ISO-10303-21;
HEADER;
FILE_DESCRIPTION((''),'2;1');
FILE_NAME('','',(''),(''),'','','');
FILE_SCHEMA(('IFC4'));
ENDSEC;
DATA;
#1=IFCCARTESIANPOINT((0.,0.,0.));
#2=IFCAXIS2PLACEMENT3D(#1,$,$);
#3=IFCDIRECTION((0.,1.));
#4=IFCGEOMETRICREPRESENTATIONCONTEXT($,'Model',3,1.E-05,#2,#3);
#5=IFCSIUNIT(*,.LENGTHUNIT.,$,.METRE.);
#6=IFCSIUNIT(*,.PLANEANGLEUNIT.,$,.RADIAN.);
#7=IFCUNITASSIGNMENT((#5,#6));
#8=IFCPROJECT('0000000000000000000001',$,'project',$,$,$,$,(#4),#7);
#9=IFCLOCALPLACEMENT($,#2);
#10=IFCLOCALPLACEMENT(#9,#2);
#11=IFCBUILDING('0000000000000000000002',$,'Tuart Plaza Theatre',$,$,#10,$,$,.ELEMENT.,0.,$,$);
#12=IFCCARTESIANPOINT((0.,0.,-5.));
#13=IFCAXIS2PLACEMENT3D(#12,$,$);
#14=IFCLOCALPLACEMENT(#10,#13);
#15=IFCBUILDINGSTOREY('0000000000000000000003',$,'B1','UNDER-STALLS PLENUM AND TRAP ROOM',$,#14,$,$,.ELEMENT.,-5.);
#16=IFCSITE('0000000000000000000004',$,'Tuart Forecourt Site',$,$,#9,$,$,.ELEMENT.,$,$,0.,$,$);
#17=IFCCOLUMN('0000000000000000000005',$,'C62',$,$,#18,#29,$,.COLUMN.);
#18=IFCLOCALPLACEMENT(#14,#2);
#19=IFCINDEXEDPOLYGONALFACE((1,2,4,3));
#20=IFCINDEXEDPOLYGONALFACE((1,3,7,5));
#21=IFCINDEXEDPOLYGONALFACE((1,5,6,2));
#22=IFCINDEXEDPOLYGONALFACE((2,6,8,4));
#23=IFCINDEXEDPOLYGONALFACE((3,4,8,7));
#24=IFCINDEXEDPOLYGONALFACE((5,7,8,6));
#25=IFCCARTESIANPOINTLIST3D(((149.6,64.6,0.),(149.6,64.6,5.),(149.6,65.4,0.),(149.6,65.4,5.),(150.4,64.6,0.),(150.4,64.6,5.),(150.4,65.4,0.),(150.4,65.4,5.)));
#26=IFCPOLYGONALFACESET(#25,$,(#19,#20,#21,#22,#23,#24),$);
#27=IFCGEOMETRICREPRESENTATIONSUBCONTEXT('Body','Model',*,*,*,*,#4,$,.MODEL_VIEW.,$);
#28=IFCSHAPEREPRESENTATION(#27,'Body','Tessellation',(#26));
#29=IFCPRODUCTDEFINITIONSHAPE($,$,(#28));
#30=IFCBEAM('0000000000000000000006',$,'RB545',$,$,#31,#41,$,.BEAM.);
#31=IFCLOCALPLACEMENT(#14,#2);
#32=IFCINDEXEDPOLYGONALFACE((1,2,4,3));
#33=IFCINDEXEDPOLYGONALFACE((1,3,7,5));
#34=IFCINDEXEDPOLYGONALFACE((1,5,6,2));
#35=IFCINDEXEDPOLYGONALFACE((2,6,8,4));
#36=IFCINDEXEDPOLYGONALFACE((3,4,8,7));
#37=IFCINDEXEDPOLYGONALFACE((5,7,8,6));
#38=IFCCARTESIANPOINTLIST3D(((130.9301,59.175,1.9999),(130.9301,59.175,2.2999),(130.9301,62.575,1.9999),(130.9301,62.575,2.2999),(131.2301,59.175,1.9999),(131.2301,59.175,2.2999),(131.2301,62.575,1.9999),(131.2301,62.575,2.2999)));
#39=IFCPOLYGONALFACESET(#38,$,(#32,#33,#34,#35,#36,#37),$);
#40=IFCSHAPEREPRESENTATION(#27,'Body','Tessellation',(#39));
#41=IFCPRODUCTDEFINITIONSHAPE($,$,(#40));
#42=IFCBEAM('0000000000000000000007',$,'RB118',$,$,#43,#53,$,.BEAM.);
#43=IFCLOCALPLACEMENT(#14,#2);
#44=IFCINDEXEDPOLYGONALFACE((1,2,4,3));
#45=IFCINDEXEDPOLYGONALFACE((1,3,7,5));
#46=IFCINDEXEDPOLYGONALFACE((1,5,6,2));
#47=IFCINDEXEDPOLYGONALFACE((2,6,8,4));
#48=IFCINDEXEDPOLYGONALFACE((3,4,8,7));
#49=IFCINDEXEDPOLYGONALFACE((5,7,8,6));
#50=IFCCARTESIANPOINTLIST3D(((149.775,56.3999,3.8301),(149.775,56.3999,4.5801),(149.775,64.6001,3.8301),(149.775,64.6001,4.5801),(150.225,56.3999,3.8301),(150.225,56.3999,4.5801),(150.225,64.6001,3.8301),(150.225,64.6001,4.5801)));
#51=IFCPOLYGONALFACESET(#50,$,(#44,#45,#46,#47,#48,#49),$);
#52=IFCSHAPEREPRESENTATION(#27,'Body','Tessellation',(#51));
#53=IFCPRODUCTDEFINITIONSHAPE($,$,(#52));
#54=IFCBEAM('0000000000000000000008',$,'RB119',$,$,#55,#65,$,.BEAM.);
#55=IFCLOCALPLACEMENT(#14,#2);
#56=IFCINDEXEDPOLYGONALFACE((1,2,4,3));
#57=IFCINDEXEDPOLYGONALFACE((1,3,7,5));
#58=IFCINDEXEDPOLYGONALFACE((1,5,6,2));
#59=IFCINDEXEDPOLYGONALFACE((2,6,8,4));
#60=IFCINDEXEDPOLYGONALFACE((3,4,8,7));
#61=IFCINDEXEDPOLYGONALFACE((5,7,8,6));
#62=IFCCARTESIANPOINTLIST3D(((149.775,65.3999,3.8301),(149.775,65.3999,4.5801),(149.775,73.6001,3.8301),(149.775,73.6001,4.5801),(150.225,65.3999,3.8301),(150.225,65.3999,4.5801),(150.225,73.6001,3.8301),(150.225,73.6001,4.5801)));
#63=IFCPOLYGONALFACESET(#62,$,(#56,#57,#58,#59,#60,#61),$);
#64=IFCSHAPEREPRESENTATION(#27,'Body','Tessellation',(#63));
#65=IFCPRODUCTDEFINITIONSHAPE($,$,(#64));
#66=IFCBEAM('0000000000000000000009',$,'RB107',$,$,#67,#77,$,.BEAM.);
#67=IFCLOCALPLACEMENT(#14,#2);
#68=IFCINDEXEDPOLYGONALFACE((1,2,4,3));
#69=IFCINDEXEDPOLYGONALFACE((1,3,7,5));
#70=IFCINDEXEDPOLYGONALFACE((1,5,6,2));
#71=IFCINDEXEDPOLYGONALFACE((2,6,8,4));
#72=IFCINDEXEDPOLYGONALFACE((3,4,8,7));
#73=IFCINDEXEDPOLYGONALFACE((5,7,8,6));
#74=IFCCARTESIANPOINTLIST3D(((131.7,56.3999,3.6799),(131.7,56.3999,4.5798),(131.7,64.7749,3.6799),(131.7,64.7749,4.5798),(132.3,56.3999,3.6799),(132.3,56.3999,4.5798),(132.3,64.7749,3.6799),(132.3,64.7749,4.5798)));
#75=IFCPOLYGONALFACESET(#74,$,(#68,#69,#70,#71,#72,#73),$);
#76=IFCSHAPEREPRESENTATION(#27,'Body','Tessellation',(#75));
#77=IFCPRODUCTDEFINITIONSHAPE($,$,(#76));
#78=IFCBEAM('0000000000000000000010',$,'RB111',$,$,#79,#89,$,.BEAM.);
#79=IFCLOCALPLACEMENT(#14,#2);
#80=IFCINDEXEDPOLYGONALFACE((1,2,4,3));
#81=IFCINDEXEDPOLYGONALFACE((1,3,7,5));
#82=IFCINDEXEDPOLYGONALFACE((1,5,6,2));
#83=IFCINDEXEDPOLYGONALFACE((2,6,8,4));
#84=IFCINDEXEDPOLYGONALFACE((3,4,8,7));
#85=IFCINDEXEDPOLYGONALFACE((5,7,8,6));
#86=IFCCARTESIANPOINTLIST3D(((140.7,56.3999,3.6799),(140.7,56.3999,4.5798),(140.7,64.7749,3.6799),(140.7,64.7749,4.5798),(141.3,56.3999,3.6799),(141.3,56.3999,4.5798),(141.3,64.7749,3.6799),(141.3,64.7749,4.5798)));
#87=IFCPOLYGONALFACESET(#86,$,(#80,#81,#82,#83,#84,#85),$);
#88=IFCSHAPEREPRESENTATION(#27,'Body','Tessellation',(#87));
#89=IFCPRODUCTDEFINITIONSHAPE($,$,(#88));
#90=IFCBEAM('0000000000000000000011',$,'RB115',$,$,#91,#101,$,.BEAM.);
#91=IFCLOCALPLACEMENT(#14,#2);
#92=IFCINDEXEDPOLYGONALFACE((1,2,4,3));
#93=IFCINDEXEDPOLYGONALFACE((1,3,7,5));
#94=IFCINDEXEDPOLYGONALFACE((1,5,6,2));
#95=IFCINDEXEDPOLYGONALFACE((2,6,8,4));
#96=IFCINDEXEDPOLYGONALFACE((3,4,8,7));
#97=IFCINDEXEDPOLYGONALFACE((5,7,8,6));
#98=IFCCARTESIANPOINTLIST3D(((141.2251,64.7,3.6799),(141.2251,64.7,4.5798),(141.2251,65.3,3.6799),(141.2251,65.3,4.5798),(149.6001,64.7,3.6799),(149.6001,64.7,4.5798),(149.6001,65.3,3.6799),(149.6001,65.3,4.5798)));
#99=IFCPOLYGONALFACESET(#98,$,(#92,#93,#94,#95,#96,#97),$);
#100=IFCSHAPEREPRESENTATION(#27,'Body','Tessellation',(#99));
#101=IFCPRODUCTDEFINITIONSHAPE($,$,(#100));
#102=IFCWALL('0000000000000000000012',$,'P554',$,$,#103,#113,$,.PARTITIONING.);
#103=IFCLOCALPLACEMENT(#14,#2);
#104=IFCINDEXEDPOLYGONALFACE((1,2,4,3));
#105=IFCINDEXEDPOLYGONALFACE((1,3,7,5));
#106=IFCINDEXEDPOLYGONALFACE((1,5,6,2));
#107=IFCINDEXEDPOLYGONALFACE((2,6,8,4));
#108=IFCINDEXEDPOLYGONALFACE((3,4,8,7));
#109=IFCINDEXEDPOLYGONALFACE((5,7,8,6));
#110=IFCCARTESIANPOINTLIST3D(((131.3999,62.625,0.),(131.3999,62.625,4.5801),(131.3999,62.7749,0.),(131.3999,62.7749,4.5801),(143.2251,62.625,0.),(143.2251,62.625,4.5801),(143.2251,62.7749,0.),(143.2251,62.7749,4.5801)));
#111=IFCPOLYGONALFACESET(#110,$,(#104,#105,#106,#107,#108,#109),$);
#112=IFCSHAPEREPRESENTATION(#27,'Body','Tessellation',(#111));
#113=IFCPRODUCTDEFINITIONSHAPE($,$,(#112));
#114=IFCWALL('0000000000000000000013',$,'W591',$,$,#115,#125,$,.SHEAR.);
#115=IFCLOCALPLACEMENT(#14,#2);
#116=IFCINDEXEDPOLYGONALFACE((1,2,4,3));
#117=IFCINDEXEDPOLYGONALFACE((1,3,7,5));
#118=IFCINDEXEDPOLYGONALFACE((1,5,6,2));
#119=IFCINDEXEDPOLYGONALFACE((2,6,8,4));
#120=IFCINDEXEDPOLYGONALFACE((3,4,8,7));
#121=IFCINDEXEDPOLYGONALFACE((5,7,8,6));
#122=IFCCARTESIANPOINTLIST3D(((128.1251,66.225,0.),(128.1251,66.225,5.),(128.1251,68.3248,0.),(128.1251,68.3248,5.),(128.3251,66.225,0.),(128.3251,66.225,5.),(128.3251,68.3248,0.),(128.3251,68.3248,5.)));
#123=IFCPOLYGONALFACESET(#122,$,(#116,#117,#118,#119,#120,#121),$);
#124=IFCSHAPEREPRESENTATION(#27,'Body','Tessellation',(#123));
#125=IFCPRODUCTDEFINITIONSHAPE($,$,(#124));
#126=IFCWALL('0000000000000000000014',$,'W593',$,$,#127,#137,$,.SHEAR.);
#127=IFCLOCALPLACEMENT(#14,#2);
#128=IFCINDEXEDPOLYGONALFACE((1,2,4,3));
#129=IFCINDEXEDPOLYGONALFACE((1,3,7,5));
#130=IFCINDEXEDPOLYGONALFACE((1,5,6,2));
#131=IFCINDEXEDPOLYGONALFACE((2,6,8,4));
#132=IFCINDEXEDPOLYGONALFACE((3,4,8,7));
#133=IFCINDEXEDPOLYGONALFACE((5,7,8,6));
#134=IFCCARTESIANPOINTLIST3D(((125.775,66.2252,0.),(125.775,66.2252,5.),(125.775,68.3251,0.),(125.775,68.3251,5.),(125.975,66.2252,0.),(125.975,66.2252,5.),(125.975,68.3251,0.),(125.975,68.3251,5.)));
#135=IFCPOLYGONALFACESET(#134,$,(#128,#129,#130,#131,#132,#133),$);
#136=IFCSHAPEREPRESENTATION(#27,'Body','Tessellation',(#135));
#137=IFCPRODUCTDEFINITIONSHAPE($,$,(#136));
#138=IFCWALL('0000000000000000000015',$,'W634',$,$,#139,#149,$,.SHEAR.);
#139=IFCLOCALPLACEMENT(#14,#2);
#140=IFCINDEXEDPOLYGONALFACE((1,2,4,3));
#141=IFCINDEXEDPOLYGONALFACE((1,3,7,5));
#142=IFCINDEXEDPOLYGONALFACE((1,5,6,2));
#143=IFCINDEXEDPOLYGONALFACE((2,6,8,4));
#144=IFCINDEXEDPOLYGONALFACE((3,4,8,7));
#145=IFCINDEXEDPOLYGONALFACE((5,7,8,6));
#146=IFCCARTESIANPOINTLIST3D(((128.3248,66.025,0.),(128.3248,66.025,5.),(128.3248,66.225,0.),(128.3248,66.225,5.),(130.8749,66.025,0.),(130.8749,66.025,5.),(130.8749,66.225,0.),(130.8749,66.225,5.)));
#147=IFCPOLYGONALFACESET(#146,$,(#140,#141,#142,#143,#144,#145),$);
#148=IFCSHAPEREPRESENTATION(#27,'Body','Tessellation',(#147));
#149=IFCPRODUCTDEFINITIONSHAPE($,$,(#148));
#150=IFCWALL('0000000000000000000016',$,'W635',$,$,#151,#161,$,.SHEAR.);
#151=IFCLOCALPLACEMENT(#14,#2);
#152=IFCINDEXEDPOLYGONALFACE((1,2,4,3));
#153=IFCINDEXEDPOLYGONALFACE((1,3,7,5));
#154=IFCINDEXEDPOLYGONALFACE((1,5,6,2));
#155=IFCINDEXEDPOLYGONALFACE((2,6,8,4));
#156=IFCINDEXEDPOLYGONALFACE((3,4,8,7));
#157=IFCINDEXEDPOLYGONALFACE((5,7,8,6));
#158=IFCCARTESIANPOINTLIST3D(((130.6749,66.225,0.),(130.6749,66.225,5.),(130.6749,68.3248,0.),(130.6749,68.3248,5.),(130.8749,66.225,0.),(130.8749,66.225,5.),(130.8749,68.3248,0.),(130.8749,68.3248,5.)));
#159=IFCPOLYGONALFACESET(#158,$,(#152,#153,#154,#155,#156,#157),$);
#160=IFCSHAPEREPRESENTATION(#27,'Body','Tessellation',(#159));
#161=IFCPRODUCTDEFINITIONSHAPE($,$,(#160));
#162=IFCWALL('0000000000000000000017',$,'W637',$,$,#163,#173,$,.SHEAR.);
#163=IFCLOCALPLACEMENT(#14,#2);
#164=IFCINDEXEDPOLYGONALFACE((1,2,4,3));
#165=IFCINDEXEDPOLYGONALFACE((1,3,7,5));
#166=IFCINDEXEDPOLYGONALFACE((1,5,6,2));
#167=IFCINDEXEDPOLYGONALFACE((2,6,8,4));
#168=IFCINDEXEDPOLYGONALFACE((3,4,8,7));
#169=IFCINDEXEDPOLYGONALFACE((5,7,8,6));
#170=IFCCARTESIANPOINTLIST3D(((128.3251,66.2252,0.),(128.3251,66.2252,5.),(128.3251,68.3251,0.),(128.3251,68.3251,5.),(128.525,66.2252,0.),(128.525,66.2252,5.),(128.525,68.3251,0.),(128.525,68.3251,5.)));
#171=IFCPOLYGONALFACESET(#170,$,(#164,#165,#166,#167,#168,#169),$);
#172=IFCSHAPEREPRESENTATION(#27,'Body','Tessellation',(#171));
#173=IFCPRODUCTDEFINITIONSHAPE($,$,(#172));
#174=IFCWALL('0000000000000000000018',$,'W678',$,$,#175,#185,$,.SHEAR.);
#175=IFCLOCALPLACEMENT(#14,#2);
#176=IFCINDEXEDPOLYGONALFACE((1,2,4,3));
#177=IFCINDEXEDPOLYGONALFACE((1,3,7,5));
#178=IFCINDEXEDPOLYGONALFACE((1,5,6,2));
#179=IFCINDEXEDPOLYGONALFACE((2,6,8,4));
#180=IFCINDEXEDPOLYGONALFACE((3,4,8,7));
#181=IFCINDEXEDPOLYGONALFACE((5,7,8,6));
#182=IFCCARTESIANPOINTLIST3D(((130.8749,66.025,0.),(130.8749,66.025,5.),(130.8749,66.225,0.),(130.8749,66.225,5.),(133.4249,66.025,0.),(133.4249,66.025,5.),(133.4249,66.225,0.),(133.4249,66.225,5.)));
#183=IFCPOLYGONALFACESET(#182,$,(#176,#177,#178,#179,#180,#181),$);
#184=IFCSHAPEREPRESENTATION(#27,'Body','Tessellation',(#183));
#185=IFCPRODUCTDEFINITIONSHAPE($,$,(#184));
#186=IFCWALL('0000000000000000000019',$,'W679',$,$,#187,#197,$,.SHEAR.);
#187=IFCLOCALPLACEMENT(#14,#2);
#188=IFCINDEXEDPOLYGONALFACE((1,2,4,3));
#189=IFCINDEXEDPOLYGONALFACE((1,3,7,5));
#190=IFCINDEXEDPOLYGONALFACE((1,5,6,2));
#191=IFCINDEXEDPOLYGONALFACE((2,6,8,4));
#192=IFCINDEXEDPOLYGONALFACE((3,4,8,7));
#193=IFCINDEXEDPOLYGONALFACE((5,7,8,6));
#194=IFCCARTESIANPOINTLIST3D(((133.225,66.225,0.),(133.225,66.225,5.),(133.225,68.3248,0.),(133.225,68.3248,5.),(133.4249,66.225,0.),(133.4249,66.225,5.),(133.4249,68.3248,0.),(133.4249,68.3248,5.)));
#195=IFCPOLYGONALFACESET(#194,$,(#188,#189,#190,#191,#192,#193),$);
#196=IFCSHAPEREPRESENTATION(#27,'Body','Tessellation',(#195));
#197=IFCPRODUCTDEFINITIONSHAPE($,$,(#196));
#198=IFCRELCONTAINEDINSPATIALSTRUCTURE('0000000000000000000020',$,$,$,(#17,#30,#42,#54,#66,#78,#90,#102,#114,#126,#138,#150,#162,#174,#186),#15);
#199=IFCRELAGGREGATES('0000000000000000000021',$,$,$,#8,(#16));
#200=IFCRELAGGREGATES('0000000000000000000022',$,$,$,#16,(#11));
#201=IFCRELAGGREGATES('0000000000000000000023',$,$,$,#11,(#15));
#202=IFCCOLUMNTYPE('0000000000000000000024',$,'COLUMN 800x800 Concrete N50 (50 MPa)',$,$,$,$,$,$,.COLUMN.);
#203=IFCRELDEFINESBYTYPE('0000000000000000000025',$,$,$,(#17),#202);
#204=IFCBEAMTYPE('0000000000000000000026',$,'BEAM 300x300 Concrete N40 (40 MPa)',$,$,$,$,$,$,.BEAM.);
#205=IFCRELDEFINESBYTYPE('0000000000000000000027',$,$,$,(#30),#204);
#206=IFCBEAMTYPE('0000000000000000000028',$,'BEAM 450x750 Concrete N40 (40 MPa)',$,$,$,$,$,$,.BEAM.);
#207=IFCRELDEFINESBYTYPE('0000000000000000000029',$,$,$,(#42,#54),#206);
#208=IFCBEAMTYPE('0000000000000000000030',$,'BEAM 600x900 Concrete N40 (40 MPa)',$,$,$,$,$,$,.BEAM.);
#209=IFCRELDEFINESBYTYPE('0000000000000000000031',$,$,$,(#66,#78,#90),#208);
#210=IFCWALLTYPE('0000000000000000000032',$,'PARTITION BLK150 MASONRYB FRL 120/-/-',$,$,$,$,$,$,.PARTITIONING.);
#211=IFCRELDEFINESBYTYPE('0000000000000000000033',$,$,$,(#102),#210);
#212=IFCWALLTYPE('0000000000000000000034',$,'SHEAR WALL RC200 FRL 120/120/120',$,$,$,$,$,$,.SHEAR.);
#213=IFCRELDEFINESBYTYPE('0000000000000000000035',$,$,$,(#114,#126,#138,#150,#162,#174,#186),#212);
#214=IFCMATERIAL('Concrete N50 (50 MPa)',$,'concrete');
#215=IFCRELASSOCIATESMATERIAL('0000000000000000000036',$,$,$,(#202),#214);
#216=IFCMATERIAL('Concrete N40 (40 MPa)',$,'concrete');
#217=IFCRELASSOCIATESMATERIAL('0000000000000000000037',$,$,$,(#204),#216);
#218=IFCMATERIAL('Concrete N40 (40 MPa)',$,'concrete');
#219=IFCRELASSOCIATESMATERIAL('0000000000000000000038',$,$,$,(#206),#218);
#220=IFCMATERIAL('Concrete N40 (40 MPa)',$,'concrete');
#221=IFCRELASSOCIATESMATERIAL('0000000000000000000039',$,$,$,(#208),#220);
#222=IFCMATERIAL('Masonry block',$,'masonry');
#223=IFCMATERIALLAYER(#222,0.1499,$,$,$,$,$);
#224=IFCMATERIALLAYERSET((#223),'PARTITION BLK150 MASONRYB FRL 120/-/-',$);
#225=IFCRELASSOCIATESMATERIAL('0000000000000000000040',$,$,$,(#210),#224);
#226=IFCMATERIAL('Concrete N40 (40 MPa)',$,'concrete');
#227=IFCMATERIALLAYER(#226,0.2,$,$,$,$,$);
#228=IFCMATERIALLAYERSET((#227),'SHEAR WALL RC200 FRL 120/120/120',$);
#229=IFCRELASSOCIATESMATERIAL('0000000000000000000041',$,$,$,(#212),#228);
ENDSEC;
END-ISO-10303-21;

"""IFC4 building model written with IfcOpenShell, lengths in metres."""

from ifc_helpers import new_model, si_unit, direction, frame, frame_2d, origin, origin_2d, place, context, subcontext, project, spatial, rectangle, extrude, material, layer, layer_set, material_profile, profile_set, type_object, element, save


model = new_model("IFC4")

# Units and contexts
model_context = context("Model", 3, precision=1e-05, world=origin(), true_north=direction((0.0, 1.0)))
body_context = subcontext(model_context, "Body", "Model", "MODEL_VIEW")
ifc_project = project(units=[si_unit("LENGTHUNIT", "METRE"), si_unit("PLANEANGLEUNIT", "RADIAN")], contexts=[model_context])

# Site, building, storey
site_placement = place(None, origin())
site = spatial("IfcSite", under=ifc_project, at=site_placement, Name="Tuart Forecourt Site", CompositionType="ELEMENT", RefElevation=0.0)
building_placement = place(site_placement, origin())
building = spatial("IfcBuilding", under=site, at=building_placement, Name="Tuart Plaza Theatre", CompositionType="ELEMENT", ElevationOfRefHeight=0.0)
storey_placement = place(building_placement, frame((0.0, 0.0, -5.0)))
storey = spatial("IfcBuildingStorey", under=building, at=storey_placement, Name="B1", Description="UNDER-STALLS PLENUM AND TRAP ROOM", CompositionType="ELEMENT", Elevation=-5.0)

# Column
ifc_material_1 = material(Name="Concrete N50 (50 MPa)", Category="concrete")
ifc_material_profile_1 = material_profile(ifc_material_1, rectangle(XDim=0.8, YDim=0.8, at=origin_2d()), Name="COLUMN 800x800 Concrete N50 (50 MPa)")
ifc_profile_set_1 = profile_set([ifc_material_profile_1], Name="Concrete N50 (50 MPa)")
column_type = type_object("IfcColumnType", Name="COLUMN 800x800 Concrete N50 (50 MPa)", PredefinedType="COLUMN", material=ifc_profile_set_1)
column_placement = place(storey_placement, frame((150.0, 65.0, 0.0), z_axis=(0.0, 0.0, 1.0), x_axis=(1.0, 0.0, 0.0)))
element("IfcColumn", 1, at=column_placement, inside=storey, type_object=column_type, Name="C62", PredefinedType="COLUMN", context=body_context, shape_type="SweptSolid", body=[
    extrude(rectangle(XDim=0.8, YDim=0.8, at=origin_2d()), origin(), (0.0, 0.0, 1.0), 5.0),
])

# Beams
ifc_material_2 = material(Name="Concrete N40 (40 MPa)", Category="concrete")
ifc_material_profile_2 = material_profile(ifc_material_2, rectangle(XDim=0.3, YDim=0.3, at=origin_2d()), Name="BEAM 300x300 Concrete N40 (40 MPa)")
ifc_profile_set_2 = profile_set([ifc_material_profile_2], Name="Concrete N40 (40 MPa)")
beam_type_1 = type_object("IfcBeamType", Name="BEAM 300x300 Concrete N40 (40 MPa)", PredefinedType="BEAM", material=ifc_profile_set_2)
beam_placement = place(storey_placement, frame((131.0801, 59.175, 2.1499), z_axis=(0.0, 1.0, 0.0), x_axis=(-1.0, 0.0, 0.0)))
element("IfcBeam", 2, at=beam_placement, inside=storey, type_object=beam_type_1, Name="RB545", PredefinedType="BEAM", context=body_context, shape_type="SweptSolid", body=[
    extrude(rectangle(XDim=0.3, YDim=0.3, at=origin_2d()), origin(), (0.0, 0.0, 1.0), 3.3999),
])
ifc_material_3 = material(Name="Concrete N40 (40 MPa)", Category="concrete")
ifc_material_profile_3 = material_profile(ifc_material_3, rectangle(XDim=0.45, YDim=0.75, at=origin_2d()), Name="BEAM 450x750 Concrete N40 (40 MPa)")
ifc_profile_set_3 = profile_set([ifc_material_profile_3], Name="Concrete N40 (40 MPa)")
beam_type_2 = type_object("IfcBeamType", Name="BEAM 450x750 Concrete N40 (40 MPa)", PredefinedType="BEAM", material=ifc_profile_set_3)
for number, where, z_axis, x_axis, name in (
    (3, (150.0, 56.3999, 4.2051), (0.0, 1.0, 0.0), (-1.0, 0.0, 0.0), "RB118"),
    (4, (150.0, 65.3999, 4.2051), (0.0, 1.0, 0.0), (-1.0, 0.0, 0.0), "RB119"),
):
    element("IfcBeam", number, at=place(storey_placement, frame(where, z_axis=z_axis, x_axis=x_axis)), inside=storey, type_object=beam_type_2, Name=name, PredefinedType="BEAM", context=body_context, shape_type="SweptSolid", body=[
        extrude(rectangle(XDim=0.45, YDim=0.75, at=origin_2d()), origin(), (0.0, 0.0, 1.0), 8.2002),
    ])
ifc_material_4 = material(Name="Concrete N40 (40 MPa)", Category="concrete")
ifc_material_profile_4 = material_profile(ifc_material_4, rectangle(XDim=0.6001, YDim=0.8999, at=origin_2d()), Name="BEAM 600x900 Concrete N40 (40 MPa)")
ifc_profile_set_4 = profile_set([ifc_material_profile_4], Name="Concrete N40 (40 MPa)")
beam_type_3 = type_object("IfcBeamType", Name="BEAM 600x900 Concrete N40 (40 MPa)", PredefinedType="BEAM", material=ifc_profile_set_4)
for number, where, z_axis, x_axis, name in (
    (5, (132.0, 56.3999, 4.1299), (0.0, 1.0, 0.0), (-1.0, 0.0, 0.0), "RB107"),
    (6, (141.0, 56.3999, 4.1299), (0.0, 1.0, 0.0), (-1.0, 0.0, 0.0), "RB111"),
    (7, (141.2251, 65.0, 4.1299), (1.0, 0.0, 0.0), (0.0, 1.0, 0.0), "RB115"),
):
    element("IfcBeam", number, at=place(storey_placement, frame(where, z_axis=z_axis, x_axis=x_axis)), inside=storey, type_object=beam_type_3, Name=name, PredefinedType="BEAM", context=body_context, shape_type="SweptSolid", body=[
        extrude(rectangle(XDim=0.6001, YDim=0.8999, at=origin_2d()), origin(), (0.0, 0.0, 1.0), 8.375),
    ])

# Walls
ifc_material_5 = material(Name="Masonry block", Category="masonry")
ifc_layer_1 = layer(ifc_material_5, 0.1499)
ifc_layer_set_1 = layer_set([ifc_layer_1], Name="PARTITION BLK150 MASONRYB FRL 120/-/-")
wall_type_1 = type_object("IfcWallType", Name="PARTITION BLK150 MASONRYB FRL 120/-/-", PredefinedType="PARTITIONING", material=ifc_layer_set_1)
wall_1_placement = place(storey_placement, frame((143.2251, 62.7, 0.0), z_axis=(0.0, 0.0, 1.0), x_axis=(-1.0, 0.0, 0.0)))
element("IfcWall", 8, at=wall_1_placement, inside=storey, type_object=wall_type_1, Name="P554", PredefinedType="PARTITIONING", context=body_context, shape_type="SweptSolid", body=[
    extrude(rectangle(XDim=11.8252, YDim=0.1499, at=frame_2d((5.9126, 0.0))), origin(), (0.0, 0.0, 1.0), 4.5801),
])
ifc_material_6 = material(Name="Concrete N40 (40 MPa)", Category="concrete")
ifc_layer_2 = layer(ifc_material_6, 0.2)
ifc_layer_set_2 = layer_set([ifc_layer_2], Name="SHEAR WALL RC200 FRL 120/120/120")
wall_type_2 = type_object("IfcWallType", Name="SHEAR WALL RC200 FRL 120/120/120", PredefinedType="SHEAR", material=ifc_layer_set_2)
for number, where, z_axis, x_axis, name in (
    (9, (128.2251, 66.2251, 0.0), (0.0, 0.0, 1.0), (0.0, 1.0, 0.0), "W591"),
    (10, (125.875, 68.325, 0.0), (0.0, 0.0, 1.0), (0.0, -1.0, 0.0), "W593"),
):
    element("IfcWall", number, at=place(storey_placement, frame(where, z_axis=z_axis, x_axis=x_axis)), inside=storey, type_object=wall_type_2, Name=name, PredefinedType="SHEAR", context=body_context, shape_type="SweptSolid", body=[
        extrude(rectangle(XDim=2.0999, YDim=0.2, at=frame_2d((1.0498, 0.0))), origin(), (0.0, 0.0, 1.0), 5.0),
    ])
wall_2_placement = place(storey_placement, frame((128.325, 66.125, 0.0), z_axis=(0.0, 0.0, 1.0), x_axis=(1.0, 0.0, 0.0)))
element("IfcWall", 11, at=wall_2_placement, inside=storey, type_object=wall_type_2, Name="W634", PredefinedType="SHEAR", context=body_context, shape_type="SweptSolid", body=[
    extrude(rectangle(XDim=2.55, YDim=0.2, at=frame_2d((1.2749, 0.0))), origin(), (0.0, 0.0, 1.0), 5.0),
])
for number, where, z_axis, x_axis, name in (
    (12, (130.7749, 66.2251, 0.0), (0.0, 0.0, 1.0), (0.0, 1.0, 0.0), "W635"),
    (13, (128.425, 68.325, 0.0), (0.0, 0.0, 1.0), (0.0, -1.0, 0.0), "W637"),
):
    element("IfcWall", number, at=place(storey_placement, frame(where, z_axis=z_axis, x_axis=x_axis)), inside=storey, type_object=wall_type_2, Name=name, PredefinedType="SHEAR", context=body_context, shape_type="SweptSolid", body=[
        extrude(rectangle(XDim=2.0999, YDim=0.2, at=frame_2d((1.0498, 0.0))), origin(), (0.0, 0.0, 1.0), 5.0),
    ])
wall_3_placement = place(storey_placement, frame((130.875, 66.125, 0.0), z_axis=(0.0, 0.0, 1.0), x_axis=(1.0, 0.0, 0.0)))
element("IfcWall", 14, at=wall_3_placement, inside=storey, type_object=wall_type_2, Name="W678", PredefinedType="SHEAR", context=body_context, shape_type="SweptSolid", body=[
    extrude(rectangle(XDim=2.55, YDim=0.2, at=frame_2d((1.2749, 0.0))), origin(), (0.0, 0.0, 1.0), 5.0),
])
wall_4_placement = place(storey_placement, frame((133.325, 66.2251, 0.0), z_axis=(0.0, 0.0, 1.0), x_axis=(0.0, 1.0, 0.0)))
element("IfcWall", 15, at=wall_4_placement, inside=storey, type_object=wall_type_2, Name="W679", PredefinedType="SHEAR", context=body_context, shape_type="SweptSolid", body=[
    extrude(rectangle(XDim=2.0999, YDim=0.2, at=frame_2d((1.0498, 0.0))), origin(), (0.0, 0.0, 1.0), 5.0),
])

save(model, "model.ifc")
